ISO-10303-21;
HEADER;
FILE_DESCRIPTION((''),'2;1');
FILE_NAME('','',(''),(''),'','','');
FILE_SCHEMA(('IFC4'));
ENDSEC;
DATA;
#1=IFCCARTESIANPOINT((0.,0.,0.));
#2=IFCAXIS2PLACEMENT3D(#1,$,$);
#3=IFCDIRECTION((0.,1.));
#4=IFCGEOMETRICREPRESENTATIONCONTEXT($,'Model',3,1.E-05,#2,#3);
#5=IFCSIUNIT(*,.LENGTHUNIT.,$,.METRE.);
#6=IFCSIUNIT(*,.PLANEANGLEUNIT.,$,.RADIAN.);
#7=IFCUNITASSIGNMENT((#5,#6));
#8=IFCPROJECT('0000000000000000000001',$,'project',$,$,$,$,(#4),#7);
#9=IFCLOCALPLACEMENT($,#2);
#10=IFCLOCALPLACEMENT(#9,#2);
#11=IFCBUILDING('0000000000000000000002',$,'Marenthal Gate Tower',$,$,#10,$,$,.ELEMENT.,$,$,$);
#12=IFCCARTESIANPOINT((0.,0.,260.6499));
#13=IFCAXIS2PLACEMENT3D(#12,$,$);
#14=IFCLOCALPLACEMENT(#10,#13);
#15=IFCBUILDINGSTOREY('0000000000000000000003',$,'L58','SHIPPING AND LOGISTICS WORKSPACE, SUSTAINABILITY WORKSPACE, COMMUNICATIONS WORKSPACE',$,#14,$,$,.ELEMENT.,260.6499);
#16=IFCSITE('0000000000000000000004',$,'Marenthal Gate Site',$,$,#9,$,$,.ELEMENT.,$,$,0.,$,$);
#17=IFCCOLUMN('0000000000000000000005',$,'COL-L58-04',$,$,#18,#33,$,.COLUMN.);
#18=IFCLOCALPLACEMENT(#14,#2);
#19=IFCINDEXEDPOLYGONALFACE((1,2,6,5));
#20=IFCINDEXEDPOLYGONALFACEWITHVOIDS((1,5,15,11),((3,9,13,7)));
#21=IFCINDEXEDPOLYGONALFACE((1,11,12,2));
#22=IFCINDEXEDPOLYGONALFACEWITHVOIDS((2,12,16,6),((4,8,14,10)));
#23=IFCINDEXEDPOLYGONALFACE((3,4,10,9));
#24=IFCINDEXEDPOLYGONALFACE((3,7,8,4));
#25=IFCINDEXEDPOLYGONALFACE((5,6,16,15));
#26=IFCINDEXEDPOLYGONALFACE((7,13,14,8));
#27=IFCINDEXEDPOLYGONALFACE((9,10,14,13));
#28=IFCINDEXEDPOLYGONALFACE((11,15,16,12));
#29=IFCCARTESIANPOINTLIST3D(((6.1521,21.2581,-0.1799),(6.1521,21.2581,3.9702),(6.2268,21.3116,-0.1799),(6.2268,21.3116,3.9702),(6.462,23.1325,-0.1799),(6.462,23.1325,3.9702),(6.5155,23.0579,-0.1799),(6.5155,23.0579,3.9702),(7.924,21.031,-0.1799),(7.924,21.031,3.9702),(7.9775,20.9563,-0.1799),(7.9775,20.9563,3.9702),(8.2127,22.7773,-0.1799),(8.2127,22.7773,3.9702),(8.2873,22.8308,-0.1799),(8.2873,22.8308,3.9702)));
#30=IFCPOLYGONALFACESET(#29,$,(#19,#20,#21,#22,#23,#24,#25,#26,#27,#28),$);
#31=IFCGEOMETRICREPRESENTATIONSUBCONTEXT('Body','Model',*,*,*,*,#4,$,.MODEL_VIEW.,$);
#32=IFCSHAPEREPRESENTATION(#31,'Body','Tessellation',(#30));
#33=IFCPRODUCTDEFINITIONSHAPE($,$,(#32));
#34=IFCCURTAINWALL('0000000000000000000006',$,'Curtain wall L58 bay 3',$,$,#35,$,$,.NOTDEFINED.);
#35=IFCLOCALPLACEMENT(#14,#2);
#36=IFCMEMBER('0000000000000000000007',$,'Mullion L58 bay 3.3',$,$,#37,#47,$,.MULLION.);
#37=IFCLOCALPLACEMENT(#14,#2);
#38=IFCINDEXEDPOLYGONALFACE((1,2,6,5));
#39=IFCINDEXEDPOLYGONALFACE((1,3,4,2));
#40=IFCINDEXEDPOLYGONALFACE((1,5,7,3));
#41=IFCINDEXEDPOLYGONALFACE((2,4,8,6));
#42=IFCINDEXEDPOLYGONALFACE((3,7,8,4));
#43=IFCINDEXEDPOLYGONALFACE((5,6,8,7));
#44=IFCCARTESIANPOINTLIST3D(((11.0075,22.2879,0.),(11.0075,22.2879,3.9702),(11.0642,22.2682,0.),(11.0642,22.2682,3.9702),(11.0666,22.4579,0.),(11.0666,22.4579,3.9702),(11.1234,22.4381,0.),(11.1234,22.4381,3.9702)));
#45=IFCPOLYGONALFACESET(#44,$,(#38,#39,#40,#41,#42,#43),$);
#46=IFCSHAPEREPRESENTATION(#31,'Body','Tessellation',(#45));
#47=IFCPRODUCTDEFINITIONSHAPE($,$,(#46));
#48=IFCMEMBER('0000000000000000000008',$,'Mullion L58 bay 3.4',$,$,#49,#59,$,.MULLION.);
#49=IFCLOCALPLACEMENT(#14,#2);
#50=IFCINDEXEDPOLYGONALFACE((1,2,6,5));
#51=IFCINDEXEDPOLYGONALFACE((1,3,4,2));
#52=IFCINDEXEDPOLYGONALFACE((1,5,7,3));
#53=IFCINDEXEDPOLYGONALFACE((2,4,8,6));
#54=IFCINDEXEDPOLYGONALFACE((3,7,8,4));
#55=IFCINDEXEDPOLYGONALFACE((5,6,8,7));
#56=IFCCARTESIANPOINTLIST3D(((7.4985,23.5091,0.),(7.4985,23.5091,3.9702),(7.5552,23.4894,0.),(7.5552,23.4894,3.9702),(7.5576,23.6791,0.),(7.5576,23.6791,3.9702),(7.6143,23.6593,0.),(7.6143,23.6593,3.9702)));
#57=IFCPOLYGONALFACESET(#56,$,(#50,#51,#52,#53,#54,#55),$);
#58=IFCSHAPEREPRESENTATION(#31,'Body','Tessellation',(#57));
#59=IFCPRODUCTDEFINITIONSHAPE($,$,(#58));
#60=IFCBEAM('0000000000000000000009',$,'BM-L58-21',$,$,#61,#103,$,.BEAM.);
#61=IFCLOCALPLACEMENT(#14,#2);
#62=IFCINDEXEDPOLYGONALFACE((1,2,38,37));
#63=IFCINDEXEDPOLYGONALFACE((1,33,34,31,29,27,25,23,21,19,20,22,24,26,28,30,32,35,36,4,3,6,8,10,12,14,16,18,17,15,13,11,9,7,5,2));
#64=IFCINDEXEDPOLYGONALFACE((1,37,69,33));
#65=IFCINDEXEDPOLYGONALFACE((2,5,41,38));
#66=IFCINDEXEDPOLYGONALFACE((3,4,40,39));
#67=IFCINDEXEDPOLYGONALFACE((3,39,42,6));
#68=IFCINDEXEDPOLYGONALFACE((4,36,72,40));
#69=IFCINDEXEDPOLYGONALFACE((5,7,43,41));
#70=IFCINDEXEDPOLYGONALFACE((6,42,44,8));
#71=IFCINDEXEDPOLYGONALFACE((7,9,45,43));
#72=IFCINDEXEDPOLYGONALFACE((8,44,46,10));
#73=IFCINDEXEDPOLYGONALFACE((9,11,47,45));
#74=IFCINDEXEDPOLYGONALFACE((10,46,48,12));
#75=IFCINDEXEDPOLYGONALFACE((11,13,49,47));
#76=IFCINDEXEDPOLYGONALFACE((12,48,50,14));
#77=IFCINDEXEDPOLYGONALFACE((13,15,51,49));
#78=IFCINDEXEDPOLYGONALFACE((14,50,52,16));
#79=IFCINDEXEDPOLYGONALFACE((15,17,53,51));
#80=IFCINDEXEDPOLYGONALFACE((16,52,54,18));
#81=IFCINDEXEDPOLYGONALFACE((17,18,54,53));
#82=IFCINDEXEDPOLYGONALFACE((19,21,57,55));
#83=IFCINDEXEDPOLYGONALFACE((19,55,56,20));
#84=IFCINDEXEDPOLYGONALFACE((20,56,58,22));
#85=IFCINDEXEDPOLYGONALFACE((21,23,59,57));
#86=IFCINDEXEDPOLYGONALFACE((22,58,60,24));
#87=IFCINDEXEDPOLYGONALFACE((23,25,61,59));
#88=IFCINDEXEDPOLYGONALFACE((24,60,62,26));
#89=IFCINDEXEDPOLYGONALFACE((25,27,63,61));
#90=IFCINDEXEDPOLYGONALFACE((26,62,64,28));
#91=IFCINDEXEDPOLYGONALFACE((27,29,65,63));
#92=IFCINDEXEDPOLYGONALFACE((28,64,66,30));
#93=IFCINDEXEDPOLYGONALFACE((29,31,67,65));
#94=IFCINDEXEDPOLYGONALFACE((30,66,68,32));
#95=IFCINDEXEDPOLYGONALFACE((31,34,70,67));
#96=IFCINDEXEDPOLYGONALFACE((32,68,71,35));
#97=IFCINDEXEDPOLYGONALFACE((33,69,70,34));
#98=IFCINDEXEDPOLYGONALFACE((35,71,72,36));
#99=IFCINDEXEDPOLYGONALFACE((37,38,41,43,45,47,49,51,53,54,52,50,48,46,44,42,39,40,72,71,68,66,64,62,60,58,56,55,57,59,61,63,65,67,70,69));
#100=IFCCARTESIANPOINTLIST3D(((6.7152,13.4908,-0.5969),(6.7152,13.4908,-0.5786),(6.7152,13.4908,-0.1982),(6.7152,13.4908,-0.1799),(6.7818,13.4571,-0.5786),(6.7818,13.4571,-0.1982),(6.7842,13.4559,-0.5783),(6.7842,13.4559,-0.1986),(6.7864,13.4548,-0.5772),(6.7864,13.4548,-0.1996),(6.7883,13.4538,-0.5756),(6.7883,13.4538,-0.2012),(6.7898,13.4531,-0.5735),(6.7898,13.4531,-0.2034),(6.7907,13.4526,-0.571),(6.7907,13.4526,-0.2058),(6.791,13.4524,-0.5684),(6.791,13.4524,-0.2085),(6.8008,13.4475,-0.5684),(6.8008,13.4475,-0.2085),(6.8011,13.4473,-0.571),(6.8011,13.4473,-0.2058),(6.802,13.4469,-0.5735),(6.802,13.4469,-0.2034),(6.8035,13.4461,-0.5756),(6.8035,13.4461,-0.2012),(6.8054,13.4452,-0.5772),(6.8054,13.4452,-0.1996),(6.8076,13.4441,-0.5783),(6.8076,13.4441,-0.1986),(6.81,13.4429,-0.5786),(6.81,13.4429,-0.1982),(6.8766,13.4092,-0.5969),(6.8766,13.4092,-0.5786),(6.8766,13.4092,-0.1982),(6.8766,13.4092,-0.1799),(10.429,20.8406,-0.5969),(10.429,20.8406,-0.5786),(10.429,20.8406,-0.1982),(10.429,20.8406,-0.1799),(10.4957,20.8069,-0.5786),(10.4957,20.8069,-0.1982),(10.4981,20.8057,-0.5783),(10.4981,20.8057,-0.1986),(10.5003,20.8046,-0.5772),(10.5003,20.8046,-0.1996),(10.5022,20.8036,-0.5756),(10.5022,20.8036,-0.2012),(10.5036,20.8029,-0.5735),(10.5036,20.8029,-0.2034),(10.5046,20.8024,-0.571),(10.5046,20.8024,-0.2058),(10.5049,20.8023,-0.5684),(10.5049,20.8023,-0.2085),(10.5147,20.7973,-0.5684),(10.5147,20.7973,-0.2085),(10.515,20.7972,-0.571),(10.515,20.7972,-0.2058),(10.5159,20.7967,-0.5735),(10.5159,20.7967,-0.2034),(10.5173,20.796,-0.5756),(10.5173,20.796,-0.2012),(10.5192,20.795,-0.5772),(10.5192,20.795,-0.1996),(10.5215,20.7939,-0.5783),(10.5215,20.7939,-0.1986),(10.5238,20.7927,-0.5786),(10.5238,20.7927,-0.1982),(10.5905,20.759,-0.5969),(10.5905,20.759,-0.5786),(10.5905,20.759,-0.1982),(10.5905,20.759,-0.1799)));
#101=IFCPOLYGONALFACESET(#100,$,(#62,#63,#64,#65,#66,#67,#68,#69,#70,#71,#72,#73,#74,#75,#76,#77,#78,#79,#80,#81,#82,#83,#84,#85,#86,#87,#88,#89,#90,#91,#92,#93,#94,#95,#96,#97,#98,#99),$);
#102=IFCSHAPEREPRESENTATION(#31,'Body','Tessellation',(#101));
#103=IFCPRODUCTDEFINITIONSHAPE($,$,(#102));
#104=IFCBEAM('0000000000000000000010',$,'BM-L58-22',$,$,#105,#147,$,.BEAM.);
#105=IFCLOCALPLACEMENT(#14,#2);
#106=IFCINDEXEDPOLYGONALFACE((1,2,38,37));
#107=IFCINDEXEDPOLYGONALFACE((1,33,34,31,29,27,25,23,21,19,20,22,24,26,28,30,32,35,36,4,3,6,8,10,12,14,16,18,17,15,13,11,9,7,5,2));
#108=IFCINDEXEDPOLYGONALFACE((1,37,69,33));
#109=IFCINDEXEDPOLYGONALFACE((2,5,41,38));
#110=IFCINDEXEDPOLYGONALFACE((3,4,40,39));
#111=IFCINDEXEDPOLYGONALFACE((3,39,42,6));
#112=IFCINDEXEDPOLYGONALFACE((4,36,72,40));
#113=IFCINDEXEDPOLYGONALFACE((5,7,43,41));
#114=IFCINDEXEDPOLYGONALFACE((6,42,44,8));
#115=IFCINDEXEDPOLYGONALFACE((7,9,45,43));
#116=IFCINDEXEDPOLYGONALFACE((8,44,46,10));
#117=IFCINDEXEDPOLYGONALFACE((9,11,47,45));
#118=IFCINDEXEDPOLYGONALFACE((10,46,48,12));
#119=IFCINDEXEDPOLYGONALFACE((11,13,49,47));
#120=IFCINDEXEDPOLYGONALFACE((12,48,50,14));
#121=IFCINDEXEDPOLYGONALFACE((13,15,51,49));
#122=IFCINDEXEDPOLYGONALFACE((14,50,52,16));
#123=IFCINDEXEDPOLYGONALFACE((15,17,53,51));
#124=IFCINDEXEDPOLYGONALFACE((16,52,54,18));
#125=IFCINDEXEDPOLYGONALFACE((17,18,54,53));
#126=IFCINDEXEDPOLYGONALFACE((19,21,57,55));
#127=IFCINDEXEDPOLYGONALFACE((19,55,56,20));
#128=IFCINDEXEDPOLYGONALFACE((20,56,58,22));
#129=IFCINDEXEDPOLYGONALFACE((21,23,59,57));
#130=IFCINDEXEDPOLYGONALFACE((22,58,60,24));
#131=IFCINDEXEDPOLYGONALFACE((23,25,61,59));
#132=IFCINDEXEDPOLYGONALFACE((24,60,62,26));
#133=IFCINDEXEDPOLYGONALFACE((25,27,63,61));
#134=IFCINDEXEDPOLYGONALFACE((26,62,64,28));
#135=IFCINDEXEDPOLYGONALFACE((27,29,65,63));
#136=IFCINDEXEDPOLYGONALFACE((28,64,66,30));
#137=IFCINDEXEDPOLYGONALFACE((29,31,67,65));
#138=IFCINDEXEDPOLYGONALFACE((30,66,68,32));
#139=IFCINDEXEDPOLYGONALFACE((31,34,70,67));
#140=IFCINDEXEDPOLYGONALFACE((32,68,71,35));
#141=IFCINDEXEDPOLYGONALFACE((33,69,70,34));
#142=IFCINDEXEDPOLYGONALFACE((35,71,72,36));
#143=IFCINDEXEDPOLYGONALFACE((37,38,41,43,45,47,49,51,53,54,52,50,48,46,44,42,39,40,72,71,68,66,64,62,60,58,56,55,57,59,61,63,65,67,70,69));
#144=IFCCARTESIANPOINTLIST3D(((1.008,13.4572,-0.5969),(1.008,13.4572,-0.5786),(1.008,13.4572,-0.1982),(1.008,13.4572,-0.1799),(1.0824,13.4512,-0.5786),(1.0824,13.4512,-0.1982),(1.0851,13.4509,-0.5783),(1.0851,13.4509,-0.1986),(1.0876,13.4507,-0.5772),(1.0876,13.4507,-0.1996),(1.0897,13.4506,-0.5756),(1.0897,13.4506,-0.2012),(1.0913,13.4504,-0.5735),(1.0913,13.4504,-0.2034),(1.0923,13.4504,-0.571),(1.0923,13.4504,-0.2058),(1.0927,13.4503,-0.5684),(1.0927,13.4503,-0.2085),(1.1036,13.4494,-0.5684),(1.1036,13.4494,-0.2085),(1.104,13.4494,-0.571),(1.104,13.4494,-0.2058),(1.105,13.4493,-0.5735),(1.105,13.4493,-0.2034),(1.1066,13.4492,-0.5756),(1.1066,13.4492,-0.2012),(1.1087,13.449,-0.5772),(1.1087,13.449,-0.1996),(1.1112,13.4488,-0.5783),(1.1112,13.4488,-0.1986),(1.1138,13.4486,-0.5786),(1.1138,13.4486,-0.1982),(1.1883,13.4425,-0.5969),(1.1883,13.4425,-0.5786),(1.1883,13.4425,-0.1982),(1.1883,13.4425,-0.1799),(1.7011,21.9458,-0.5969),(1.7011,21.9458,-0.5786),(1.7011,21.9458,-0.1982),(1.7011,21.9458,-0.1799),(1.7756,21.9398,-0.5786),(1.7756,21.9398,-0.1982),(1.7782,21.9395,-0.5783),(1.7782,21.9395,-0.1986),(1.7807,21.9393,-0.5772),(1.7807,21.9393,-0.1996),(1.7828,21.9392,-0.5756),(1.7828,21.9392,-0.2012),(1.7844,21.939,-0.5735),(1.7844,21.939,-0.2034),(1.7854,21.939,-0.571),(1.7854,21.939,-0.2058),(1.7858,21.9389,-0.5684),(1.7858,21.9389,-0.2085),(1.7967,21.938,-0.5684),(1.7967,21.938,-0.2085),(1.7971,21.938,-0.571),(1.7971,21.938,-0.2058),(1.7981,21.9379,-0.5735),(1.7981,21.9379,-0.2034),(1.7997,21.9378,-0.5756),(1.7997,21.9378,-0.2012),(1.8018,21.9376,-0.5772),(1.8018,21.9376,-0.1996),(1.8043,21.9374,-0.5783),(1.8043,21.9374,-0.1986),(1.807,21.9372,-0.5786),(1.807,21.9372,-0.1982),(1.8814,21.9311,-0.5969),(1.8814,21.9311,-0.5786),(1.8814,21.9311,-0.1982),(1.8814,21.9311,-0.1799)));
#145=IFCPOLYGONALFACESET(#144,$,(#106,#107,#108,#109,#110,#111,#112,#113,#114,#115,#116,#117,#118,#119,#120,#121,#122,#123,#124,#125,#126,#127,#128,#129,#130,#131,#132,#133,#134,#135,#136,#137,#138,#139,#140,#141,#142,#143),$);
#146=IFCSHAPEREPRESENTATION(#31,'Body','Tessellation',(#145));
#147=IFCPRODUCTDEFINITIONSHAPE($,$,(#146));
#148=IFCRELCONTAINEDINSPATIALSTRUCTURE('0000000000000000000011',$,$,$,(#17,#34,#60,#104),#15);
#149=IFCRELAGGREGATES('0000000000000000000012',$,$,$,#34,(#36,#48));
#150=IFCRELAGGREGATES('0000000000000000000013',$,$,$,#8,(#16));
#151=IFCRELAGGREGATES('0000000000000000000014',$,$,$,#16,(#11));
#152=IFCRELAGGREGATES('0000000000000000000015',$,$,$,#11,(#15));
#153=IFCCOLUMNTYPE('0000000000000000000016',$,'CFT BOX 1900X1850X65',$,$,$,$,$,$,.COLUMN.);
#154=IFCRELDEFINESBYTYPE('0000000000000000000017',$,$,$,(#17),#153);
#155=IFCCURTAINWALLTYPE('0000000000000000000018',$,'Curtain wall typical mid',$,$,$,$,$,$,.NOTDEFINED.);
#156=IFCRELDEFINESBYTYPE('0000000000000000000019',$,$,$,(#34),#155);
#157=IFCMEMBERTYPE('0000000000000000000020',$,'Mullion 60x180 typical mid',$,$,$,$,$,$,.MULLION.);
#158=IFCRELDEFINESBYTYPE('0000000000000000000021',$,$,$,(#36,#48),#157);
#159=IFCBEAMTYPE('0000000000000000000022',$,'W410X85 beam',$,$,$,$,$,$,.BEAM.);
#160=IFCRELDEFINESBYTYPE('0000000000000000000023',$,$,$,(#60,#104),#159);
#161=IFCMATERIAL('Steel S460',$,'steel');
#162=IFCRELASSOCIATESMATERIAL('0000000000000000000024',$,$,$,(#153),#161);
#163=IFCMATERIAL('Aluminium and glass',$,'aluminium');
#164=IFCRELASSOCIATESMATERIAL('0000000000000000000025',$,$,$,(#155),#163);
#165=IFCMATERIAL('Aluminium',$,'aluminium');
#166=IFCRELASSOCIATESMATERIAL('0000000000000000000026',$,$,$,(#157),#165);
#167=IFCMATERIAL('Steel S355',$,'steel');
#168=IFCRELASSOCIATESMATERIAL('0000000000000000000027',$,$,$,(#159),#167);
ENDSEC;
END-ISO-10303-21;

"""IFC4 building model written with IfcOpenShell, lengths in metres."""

from ifc_helpers import new_model, si_unit, direction, frame, origin, origin_2d, place, context, subcontext, project, spatial, rectangle, hollow_rectangle, i_section, extrude, material, material_profile, profile_set, type_object, element, aggregate, save


model = new_model("IFC4")

# Units and contexts
model_context = context("Model", 3, precision=1e-05, world=origin(), true_north=direction((0.0, 1.0)))
body_context = subcontext(model_context, "Body", "Model", "MODEL_VIEW")
ifc_project = project(units=[si_unit("LENGTHUNIT", "METRE"), si_unit("PLANEANGLEUNIT", "RADIAN")], contexts=[model_context])

# Site, building, storey
site_placement = place(None, origin())
site = spatial("IfcSite", under=ifc_project, at=site_placement, Name="Marenthal Gate Site", CompositionType="ELEMENT", RefElevation=0.0)
building_placement = place(site_placement, origin())
building = spatial("IfcBuilding", under=site, at=building_placement, Name="Marenthal Gate Tower", CompositionType="ELEMENT")
storey_placement = place(building_placement, frame((0.0, 0.0, 260.6499)))
storey = spatial("IfcBuildingStorey", under=building, at=storey_placement, Name="L58", Description="SHIPPING AND LOGISTICS WORKSPACE, SUSTAINABILITY WORKSPACE, COMMUNICATIONS WORKSPACE", CompositionType="ELEMENT", Elevation=260.6499)

# Column
ifc_material_1 = material(Name="Steel S460", Category="steel")
ifc_material_profile_1 = material_profile(ifc_material_1, hollow_rectangle(XDim=1.8501, YDim=1.8999, WallThickness=0.0649, at=origin_2d()), Name="CFT BOX 1900X1850X65")
ifc_material_2 = material(Name="Concrete 70 MPa", Category="concrete")
ifc_material_profile_2 = material_profile(ifc_material_2, rectangle(XDim=1.72, YDim=1.77, at=origin_2d()), Name="CFT BOX 1900X1850X65 INFILL")
ifc_profile_set_1 = profile_set([ifc_material_profile_1, ifc_material_profile_2], Name="Steel S460 shell, Concrete 70 MPa infill")
column_type = type_object("IfcColumnType", Name="CFT BOX 1900X1850X65", PredefinedType="COLUMN", material=ifc_profile_set_1)
column_placement = place(storey_placement, frame((7.2197, 22.0444, -0.1799), z_axis=(0.0, 0.0, 1.0), x_axis=(0.98661, -0.163097, 0.0)))
element("IfcColumn", 1, at=column_placement, inside=storey, type_object=column_type, Name="COL-L58-04", PredefinedType="COLUMN", context=body_context, shape_type="SweptSolid", body=[
    extrude(hollow_rectangle(XDim=1.8501, YDim=1.8999, WallThickness=0.0649, at=origin_2d()), origin(), (0.0, 0.0, 1.0), 4.1501),
])

# Curtain wall, members
ifc_material_3 = material(Name="Aluminium and glass", Category="aluminium")
curtain_wall_type = type_object("IfcCurtainWallType", Name="Curtain wall typical mid", PredefinedType="NOTDEFINED", material=ifc_material_3)
curtain_wall_placement = place(storey_placement, origin())
curtain_wall = element("IfcCurtainWall", 2, at=curtain_wall_placement, inside=storey, type_object=curtain_wall_type, Name="Curtain wall L58 bay 3", PredefinedType="NOTDEFINED")
ifc_material_4 = material(Name="Aluminium", Category="aluminium")
ifc_material_profile_3 = material_profile(ifc_material_4, rectangle(XDim=0.1799, YDim=0.0601, at=origin_2d()), Name="60x180 aluminium mullion")
ifc_profile_set_2 = profile_set([ifc_material_profile_3], Name="Aluminium")
member_type = type_object("IfcMemberType", Name="Mullion 60x180 typical mid", PredefinedType="MULLION", material=ifc_profile_set_2)
member_1_placement = place(storey_placement, frame((11.0654, 22.363, 0.0), z_axis=(0.0, 0.0, 1.0), x_axis=(-0.32867, -0.944445, 0.0)))
member_1 = element("IfcMember", 3, at=member_1_placement, type_object=member_type, Name="Mullion L58 bay 3.3", PredefinedType="MULLION", context=body_context, shape_type="SweptSolid", body=[
    extrude(rectangle(XDim=0.1799, YDim=0.0601, at=origin_2d()), origin(), (0.0, 0.0, 1.0), 3.9702),
])
member_2_placement = place(storey_placement, frame((7.5564, 23.5842, 0.0), z_axis=(0.0, 0.0, 1.0), x_axis=(-0.32867, -0.944445, 0.0)))
member_2 = element("IfcMember", 4, at=member_2_placement, type_object=member_type, Name="Mullion L58 bay 3.4", PredefinedType="MULLION", context=body_context, shape_type="SweptSolid", body=[
    extrude(rectangle(XDim=0.1799, YDim=0.0601, at=origin_2d()), origin(), (0.0, 0.0, 1.0), 3.9702),
])

# Beams
ifc_material_5 = material(Name="Steel S355", Category="steel")
ifc_material_profile_4 = material_profile(ifc_material_5, i_section(OverallWidth=0.1809, OverallDepth=0.417, WebThickness=0.011, FlangeThickness=0.0183, FilletRadius=0.0103, at=origin_2d()), Name="W410X85")
ifc_profile_set_3 = profile_set([ifc_material_profile_4], Name="Steel S355")
beam_type_1 = type_object("IfcBeamType", Name="W410X85 beam", PredefinedType="BEAM", material=ifc_profile_set_3)
beam_1_placement = place(storey_placement, frame((10.5098, 20.7998, -0.3884), z_axis=(-0.450993, -0.892528, 0.0), x_axis=(0.892528, -0.450993, 0.0)))
element("IfcBeam", 5, at=beam_1_placement, inside=storey, type_object=beam_type_1, Name="BM-L58-21", PredefinedType="BEAM", context=body_context, shape_type="SweptSolid", body=[
    extrude(i_section(OverallWidth=0.1809, OverallDepth=0.417, WebThickness=0.011, FlangeThickness=0.0183, FilletRadius=0.0103, at=origin_2d()), origin(), (0.0, 0.0, 1.0), 8.2349),
])
beam_2_placement = place(storey_placement, frame((1.7913, 21.9385, -0.3884), z_axis=(-0.081382, -0.996683, 0.0), x_axis=(0.996683, -0.081382, 0.0)))
element("IfcBeam", 6, at=beam_2_placement, inside=storey, type_object=beam_type_1, Name="BM-L58-22", PredefinedType="BEAM", context=body_context, shape_type="SweptSolid", body=[
    extrude(i_section(OverallWidth=0.1809, OverallDepth=0.417, WebThickness=0.011, FlangeThickness=0.0183, FilletRadius=0.0103, at=origin_2d()), origin(), (0.0, 0.0, 1.0), 8.5168),
])

aggregate(curtain_wall, [member_1, member_2])

save(model, "model.ifc")
